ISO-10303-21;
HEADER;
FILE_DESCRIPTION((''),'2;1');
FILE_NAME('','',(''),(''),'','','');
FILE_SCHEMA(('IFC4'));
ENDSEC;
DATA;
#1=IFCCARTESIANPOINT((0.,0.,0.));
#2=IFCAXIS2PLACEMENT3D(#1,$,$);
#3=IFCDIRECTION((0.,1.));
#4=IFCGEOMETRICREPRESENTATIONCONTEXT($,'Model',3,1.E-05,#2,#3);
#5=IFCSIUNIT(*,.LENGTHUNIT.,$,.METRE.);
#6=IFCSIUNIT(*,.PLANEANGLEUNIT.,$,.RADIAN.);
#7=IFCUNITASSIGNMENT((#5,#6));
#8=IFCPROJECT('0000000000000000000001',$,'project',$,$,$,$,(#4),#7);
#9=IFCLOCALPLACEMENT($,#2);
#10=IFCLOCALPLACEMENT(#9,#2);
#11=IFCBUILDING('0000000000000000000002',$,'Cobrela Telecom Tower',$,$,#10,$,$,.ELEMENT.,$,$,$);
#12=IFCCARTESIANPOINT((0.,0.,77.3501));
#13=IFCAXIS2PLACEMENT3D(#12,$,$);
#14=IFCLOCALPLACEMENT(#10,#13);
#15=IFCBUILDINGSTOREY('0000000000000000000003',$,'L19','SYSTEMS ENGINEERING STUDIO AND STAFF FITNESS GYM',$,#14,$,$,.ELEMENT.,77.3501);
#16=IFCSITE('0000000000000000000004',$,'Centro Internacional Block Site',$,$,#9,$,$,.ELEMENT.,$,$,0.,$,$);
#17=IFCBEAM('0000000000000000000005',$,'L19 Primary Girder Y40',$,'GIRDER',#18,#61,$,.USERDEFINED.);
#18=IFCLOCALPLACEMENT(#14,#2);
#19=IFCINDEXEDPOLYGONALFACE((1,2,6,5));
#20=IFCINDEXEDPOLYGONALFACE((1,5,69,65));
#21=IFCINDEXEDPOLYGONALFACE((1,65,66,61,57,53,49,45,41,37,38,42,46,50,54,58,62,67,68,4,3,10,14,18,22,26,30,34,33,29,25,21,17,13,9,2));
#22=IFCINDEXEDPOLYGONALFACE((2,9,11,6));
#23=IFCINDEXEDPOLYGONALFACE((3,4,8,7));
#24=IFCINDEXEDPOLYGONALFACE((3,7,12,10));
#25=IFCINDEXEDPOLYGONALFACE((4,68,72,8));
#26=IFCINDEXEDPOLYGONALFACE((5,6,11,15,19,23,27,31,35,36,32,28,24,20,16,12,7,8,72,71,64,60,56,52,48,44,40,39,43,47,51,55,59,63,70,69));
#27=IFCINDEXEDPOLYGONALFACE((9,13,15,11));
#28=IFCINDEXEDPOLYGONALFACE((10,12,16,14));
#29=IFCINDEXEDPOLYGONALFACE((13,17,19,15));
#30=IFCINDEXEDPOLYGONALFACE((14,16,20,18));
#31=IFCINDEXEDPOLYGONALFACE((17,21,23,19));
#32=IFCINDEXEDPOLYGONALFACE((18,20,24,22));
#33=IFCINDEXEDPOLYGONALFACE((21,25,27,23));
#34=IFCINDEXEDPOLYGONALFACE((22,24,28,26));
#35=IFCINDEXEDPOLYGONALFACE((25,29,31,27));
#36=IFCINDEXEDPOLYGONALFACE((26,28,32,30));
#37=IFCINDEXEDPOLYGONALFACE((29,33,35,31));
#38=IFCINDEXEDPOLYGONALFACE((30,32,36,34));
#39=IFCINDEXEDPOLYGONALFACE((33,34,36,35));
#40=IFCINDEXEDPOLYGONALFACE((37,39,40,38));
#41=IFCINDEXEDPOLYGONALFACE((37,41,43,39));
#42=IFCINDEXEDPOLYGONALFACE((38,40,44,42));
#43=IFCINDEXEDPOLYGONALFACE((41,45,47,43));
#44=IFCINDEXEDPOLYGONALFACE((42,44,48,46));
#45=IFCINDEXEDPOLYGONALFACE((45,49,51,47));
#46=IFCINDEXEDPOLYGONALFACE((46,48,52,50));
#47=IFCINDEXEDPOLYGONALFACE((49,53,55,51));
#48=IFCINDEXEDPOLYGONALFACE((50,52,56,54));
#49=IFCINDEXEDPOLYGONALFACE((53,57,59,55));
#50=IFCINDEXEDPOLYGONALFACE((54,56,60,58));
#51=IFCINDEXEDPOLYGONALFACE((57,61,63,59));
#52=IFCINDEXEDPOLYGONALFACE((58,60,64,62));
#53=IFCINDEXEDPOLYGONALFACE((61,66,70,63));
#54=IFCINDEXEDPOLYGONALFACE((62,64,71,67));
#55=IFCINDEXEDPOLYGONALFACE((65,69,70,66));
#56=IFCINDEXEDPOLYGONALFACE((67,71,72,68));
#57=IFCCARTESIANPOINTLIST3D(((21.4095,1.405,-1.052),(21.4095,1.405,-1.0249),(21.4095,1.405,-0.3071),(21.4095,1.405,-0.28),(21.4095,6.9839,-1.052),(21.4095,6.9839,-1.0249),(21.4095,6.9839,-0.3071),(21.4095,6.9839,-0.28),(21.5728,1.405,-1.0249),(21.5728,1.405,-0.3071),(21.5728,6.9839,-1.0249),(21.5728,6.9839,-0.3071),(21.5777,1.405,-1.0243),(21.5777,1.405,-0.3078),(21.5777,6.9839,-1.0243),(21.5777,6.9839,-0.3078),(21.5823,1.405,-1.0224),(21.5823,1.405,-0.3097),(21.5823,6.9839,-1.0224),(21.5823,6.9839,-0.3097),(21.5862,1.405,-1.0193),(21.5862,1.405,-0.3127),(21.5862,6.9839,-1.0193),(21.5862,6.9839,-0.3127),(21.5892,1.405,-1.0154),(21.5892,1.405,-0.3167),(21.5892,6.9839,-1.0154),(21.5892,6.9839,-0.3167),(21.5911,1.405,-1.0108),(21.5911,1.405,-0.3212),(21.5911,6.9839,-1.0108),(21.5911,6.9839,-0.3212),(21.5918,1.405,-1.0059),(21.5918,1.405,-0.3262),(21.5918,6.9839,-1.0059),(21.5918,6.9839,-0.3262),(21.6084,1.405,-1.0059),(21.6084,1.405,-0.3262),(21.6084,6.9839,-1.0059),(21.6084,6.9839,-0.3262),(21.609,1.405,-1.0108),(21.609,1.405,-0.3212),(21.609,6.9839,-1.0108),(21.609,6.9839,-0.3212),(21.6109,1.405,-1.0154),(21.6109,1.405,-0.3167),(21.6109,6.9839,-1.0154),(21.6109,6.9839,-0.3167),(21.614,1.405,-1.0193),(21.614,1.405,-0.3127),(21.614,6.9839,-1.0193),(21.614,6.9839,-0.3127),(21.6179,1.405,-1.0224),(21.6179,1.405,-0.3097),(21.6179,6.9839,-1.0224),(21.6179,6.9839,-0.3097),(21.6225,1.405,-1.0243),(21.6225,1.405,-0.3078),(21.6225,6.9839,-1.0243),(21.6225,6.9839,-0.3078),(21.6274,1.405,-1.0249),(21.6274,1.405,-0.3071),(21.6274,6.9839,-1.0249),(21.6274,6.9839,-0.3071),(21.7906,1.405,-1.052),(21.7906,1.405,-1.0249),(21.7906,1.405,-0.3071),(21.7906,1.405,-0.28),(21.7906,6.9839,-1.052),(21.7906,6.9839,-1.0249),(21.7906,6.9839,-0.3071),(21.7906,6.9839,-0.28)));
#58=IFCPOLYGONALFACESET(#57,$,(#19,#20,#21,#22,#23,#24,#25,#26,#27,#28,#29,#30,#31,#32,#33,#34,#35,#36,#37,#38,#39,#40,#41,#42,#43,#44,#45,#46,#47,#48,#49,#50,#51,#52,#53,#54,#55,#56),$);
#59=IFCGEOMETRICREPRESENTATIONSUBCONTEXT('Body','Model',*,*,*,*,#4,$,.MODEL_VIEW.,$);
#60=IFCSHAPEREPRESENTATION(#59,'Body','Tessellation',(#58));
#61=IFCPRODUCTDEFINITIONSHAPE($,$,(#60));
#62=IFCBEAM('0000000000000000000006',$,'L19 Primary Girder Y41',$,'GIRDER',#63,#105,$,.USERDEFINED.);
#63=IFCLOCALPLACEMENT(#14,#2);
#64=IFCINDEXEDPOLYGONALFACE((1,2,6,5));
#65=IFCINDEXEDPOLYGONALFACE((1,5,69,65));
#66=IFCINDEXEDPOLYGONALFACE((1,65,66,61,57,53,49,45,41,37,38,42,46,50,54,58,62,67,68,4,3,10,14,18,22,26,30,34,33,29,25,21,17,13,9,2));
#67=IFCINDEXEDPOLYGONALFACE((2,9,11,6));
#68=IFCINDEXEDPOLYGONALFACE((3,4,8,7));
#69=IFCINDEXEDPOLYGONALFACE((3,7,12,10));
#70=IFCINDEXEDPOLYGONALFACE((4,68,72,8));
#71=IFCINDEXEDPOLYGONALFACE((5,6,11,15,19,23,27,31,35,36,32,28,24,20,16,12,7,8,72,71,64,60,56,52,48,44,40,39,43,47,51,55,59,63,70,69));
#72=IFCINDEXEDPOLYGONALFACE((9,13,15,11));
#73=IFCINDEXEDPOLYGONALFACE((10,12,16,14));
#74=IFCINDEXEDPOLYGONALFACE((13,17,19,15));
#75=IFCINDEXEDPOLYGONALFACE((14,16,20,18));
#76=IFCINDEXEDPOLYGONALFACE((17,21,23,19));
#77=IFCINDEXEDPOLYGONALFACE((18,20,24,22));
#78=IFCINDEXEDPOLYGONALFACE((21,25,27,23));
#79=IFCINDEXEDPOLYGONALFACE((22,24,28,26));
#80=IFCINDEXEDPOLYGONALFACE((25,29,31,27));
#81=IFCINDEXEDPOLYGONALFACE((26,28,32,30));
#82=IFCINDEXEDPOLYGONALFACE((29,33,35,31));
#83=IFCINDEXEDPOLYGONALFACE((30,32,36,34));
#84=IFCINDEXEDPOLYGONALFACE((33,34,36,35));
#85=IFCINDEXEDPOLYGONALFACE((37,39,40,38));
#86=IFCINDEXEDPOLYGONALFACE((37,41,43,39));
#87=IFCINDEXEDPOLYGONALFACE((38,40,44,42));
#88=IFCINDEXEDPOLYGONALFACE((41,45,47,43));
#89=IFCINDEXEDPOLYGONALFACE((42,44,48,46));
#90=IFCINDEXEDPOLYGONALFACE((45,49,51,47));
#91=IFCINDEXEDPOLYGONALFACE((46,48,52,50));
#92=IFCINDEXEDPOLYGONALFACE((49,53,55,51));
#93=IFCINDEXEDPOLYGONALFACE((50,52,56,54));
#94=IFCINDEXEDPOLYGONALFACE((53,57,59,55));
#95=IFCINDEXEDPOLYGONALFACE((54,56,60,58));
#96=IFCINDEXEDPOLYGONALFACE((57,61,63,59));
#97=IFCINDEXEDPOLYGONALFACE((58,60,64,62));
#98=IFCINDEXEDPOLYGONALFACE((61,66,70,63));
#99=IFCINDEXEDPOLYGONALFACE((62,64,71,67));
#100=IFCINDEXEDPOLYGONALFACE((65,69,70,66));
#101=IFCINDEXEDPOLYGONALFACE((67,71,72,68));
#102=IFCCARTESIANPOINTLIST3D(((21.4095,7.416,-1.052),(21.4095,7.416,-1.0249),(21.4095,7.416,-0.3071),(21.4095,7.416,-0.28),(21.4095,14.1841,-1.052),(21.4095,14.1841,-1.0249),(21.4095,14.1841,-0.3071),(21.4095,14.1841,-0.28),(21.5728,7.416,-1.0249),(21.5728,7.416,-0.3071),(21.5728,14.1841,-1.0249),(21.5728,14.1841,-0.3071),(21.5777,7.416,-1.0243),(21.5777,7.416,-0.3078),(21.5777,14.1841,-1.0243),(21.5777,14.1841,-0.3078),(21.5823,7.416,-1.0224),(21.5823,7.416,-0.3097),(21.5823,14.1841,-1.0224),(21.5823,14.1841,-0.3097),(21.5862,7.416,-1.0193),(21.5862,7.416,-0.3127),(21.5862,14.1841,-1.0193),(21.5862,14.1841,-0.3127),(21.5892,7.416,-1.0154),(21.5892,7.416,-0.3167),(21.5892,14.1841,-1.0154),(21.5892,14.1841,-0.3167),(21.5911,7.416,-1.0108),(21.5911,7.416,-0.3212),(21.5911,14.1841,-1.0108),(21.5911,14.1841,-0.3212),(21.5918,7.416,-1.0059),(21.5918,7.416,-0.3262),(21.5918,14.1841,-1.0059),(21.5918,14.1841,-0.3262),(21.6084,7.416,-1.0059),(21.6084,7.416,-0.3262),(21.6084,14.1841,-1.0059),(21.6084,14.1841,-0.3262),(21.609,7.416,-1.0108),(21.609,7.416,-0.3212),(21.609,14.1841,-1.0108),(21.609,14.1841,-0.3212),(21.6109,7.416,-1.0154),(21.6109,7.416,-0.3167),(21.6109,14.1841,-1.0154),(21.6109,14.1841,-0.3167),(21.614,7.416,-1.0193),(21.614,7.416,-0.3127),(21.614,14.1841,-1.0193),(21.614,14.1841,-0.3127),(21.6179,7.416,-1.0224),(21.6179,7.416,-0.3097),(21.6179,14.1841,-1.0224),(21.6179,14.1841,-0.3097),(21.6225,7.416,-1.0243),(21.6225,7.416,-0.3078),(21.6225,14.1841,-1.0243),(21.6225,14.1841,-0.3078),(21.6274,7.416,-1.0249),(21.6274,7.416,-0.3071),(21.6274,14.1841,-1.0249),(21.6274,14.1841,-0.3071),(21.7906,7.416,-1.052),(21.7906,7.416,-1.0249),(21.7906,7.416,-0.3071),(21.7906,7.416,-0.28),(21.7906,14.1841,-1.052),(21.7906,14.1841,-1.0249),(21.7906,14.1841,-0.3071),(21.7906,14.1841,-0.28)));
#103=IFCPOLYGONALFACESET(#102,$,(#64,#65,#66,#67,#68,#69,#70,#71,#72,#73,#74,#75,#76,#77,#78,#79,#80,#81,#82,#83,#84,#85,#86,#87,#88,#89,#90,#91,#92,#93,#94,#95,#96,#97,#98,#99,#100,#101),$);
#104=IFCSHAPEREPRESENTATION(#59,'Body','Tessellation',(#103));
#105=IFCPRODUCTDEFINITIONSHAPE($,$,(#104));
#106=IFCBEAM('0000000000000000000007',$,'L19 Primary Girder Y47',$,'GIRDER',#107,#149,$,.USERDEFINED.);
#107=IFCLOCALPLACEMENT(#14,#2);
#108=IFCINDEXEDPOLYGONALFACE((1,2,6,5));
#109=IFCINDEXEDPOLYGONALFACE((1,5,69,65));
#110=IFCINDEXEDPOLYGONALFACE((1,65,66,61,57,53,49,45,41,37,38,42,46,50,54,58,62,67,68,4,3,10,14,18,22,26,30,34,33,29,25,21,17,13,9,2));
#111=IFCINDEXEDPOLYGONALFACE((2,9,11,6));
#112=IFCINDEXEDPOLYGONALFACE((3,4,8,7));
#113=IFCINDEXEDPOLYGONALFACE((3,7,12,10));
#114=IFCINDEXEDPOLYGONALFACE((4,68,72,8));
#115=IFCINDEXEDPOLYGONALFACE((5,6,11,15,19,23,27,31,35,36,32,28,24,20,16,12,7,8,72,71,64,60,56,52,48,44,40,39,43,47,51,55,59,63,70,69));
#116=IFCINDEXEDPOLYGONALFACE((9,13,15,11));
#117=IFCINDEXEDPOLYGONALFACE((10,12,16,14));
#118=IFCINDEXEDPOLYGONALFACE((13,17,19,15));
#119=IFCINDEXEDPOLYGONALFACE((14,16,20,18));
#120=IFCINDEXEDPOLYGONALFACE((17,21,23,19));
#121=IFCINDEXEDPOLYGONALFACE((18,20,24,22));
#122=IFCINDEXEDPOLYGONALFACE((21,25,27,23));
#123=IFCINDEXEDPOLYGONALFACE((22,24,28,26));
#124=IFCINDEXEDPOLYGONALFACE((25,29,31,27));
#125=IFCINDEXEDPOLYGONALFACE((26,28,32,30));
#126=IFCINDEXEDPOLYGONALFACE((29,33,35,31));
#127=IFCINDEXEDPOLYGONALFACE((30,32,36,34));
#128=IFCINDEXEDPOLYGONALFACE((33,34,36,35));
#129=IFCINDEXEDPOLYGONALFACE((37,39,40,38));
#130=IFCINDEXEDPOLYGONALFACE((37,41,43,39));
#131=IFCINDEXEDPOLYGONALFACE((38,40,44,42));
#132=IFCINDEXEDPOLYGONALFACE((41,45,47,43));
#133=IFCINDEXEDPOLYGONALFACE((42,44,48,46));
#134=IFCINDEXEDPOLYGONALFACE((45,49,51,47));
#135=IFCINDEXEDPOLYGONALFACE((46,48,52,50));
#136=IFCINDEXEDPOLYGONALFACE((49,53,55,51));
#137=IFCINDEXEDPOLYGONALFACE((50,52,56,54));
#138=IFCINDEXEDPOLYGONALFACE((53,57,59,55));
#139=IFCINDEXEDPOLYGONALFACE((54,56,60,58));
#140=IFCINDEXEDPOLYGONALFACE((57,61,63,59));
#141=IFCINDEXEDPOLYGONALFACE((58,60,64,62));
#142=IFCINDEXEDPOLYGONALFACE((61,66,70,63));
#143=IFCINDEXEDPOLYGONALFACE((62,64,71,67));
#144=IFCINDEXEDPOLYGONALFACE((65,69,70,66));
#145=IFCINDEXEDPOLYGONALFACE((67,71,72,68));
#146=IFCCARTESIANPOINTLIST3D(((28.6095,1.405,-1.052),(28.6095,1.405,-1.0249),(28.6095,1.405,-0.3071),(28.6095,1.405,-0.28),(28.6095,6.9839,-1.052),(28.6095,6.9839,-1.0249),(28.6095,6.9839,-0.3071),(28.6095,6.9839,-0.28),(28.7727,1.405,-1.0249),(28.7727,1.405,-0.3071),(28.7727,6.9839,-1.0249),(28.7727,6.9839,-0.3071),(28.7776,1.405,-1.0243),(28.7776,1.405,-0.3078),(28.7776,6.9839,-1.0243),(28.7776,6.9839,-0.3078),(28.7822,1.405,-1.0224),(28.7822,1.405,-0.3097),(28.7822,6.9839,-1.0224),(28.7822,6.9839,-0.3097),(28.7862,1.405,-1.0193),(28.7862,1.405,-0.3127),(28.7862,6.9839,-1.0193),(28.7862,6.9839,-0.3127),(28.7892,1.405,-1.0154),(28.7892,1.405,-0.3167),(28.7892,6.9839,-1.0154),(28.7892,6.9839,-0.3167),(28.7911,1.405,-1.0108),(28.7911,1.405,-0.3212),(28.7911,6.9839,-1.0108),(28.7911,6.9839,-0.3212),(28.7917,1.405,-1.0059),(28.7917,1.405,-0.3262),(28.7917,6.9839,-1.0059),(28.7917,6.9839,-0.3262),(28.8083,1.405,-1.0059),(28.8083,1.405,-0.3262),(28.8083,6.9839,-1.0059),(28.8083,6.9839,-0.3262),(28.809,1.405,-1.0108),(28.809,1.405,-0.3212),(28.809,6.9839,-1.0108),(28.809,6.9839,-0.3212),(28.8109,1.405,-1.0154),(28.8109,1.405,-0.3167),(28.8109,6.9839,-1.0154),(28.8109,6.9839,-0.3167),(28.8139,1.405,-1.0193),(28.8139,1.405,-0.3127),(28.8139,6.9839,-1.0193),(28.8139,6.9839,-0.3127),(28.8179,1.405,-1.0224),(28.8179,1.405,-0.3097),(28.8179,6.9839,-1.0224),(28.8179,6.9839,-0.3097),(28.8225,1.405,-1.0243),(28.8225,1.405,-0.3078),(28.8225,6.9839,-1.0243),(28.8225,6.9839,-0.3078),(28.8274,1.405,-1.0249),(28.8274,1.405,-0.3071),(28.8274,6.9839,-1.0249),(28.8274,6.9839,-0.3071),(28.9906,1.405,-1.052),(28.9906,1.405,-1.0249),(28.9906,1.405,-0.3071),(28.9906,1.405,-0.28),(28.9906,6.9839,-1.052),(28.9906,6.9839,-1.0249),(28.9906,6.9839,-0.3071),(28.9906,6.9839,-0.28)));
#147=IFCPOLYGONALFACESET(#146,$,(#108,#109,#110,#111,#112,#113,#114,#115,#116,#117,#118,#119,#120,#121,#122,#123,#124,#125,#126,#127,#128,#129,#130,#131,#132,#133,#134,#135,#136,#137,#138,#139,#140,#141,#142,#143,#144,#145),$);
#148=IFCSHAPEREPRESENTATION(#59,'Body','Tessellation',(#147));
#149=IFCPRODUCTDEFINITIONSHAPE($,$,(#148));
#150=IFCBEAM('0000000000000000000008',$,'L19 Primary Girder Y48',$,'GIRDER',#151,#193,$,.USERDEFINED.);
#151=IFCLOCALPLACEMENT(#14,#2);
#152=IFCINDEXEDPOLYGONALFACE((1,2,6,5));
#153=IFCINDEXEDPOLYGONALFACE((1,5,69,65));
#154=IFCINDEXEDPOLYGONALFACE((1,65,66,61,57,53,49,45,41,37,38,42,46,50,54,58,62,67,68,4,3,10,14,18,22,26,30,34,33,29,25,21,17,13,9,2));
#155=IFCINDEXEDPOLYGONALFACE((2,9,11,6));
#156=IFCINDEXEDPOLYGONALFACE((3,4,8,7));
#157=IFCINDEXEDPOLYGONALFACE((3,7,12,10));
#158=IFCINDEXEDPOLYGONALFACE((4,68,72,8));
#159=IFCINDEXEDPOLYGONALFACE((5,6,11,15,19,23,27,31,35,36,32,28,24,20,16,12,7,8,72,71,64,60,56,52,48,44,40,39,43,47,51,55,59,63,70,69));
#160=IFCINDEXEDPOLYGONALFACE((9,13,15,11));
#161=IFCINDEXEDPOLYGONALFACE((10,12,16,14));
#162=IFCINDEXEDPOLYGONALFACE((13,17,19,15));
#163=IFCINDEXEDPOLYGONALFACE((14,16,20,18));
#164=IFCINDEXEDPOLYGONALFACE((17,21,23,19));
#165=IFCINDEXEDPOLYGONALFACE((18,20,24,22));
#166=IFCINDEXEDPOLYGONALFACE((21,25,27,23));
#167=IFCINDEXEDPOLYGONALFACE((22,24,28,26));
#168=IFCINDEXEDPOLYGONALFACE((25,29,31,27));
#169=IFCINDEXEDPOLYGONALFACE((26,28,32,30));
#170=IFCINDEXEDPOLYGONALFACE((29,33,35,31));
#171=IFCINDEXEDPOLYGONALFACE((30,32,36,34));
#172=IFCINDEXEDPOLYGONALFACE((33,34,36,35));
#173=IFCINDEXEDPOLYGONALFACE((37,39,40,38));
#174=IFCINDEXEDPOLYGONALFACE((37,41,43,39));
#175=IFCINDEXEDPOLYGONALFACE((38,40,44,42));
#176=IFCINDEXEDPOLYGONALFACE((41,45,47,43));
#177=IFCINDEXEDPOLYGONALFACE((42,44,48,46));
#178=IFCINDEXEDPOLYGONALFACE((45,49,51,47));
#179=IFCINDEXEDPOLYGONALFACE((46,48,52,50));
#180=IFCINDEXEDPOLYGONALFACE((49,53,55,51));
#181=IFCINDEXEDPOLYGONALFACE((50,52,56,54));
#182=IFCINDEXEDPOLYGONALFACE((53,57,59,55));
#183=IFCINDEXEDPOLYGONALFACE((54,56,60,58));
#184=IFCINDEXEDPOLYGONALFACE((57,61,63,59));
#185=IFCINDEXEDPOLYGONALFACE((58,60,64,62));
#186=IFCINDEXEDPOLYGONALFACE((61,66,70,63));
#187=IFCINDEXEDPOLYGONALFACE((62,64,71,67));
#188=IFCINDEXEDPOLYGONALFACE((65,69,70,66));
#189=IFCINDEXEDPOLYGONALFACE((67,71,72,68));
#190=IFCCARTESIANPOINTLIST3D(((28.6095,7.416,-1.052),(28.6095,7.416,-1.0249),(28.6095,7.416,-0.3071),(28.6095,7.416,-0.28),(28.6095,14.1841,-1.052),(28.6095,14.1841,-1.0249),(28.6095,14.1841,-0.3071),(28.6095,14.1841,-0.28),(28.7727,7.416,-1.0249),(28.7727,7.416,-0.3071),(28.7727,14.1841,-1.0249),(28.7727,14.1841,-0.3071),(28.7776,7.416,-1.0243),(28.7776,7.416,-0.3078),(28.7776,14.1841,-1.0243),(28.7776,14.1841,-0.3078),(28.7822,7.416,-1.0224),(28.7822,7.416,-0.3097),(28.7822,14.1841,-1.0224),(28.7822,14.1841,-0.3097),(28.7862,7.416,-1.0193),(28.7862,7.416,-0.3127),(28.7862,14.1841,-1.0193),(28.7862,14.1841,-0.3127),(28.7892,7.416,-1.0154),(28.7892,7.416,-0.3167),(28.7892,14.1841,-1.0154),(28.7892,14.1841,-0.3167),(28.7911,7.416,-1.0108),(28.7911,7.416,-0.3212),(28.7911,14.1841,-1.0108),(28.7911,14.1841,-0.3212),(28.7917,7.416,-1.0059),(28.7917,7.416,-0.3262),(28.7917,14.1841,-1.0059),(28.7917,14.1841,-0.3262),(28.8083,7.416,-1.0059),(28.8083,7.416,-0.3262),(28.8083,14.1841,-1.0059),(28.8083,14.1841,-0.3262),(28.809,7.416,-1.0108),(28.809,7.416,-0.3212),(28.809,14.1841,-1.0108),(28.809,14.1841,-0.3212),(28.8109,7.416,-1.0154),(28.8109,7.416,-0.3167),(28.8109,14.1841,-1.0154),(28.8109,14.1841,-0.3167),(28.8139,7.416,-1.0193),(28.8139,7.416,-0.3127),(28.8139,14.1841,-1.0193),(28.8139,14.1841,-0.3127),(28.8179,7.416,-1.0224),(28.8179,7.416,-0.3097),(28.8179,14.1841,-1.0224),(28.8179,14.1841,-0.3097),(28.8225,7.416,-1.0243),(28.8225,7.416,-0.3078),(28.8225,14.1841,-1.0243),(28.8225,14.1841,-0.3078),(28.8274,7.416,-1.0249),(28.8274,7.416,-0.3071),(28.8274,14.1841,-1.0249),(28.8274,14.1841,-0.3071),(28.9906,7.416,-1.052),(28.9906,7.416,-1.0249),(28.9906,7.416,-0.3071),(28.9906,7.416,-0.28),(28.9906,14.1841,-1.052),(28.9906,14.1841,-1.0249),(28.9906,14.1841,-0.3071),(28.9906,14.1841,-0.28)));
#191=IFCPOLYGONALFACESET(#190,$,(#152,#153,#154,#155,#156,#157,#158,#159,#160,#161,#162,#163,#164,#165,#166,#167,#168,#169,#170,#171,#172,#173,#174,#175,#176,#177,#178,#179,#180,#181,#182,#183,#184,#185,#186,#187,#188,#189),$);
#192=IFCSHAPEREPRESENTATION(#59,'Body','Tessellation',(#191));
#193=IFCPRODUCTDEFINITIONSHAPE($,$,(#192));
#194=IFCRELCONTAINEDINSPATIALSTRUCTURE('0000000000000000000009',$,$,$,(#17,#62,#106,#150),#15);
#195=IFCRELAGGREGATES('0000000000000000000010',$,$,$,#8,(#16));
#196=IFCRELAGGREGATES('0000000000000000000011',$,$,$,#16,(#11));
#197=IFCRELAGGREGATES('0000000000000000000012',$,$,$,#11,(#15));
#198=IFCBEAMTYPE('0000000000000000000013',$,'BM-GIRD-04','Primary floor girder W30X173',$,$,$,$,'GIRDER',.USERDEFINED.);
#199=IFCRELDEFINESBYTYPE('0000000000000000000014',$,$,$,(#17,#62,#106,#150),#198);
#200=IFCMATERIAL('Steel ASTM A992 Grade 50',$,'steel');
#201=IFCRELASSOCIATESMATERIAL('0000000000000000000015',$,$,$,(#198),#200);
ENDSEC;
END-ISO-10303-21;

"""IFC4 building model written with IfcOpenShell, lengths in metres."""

from ifc_helpers import new_model, si_unit, direction, frame, origin, origin_2d, place, context, subcontext, project, spatial, i_section, extrude, material, material_profile, profile_set, type_object, element, save


model = new_model("IFC4")

# Units and contexts
model_context = context("Model", 3, precision=1e-05, world=origin(), true_north=direction((0.0, 1.0)))
body_context = subcontext(model_context, "Body", "Model", "MODEL_VIEW")
ifc_project = project(units=[si_unit("LENGTHUNIT", "METRE"), si_unit("PLANEANGLEUNIT", "RADIAN")], contexts=[model_context])

# Site, building, storey
site_placement = place(None, origin())
site = spatial("IfcSite", under=ifc_project, at=site_placement, Name="Centro Internacional Block Site", CompositionType="ELEMENT", RefElevation=0.0)
building_placement = place(site_placement, origin())
building = spatial("IfcBuilding", under=site, at=building_placement, Name="Cobrela Telecom Tower", CompositionType="ELEMENT")
storey_placement = place(building_placement, frame((0.0, 0.0, 77.3501)))
storey = spatial("IfcBuildingStorey", under=building, at=storey_placement, Name="L19", Description="SYSTEMS ENGINEERING STUDIO AND STAFF FITNESS GYM", CompositionType="ELEMENT", Elevation=77.3501)

# Shared definitions
ifc_material = material(Name="Steel ASTM A992 Grade 50", Category="steel")

# Beams
ifc_material_profile_1 = material_profile(ifc_material, i_section(OverallWidth=0.3811, OverallDepth=0.772, WebThickness=0.0166, FlangeThickness=0.0271, FilletRadius=0.019, at=origin_2d()), Name="W30X173")
ifc_profile_set_1 = profile_set([ifc_material_profile_1], Name="Steel ASTM A992 Grade 50")
beam_type_1 = type_object("IfcBeamType", Name="BM-GIRD-04", Description="Primary floor girder W30X173", ElementType="GIRDER", PredefinedType="USERDEFINED", material=ifc_profile_set_1)
beam_1_placement = place(storey_placement, frame((21.6001, 1.405, -0.666), z_axis=(0.0, 1.0, 0.0), x_axis=(-1.0, 0.0, 0.0)))
element("IfcBeam", 1, at=beam_1_placement, inside=storey, type_object=beam_type_1, Name="L19 Primary Girder Y40", ObjectType="GIRDER", PredefinedType="USERDEFINED", context=body_context, shape_type="SweptSolid", body=[
    extrude(i_section(OverallWidth=0.3811, OverallDepth=0.772, WebThickness=0.0166, FlangeThickness=0.0271, FilletRadius=0.019, at=origin_2d()), origin(), (0.0, 0.0, 1.0), 5.5789),
])
beam_2_placement = place(storey_placement, frame((21.6001, 7.416, -0.666), z_axis=(0.0, 1.0, 0.0), x_axis=(-1.0, 0.0, 0.0)))
element("IfcBeam", 2, at=beam_2_placement, inside=storey, type_object=beam_type_1, Name="L19 Primary Girder Y41", ObjectType="GIRDER", PredefinedType="USERDEFINED", context=body_context, shape_type="SweptSolid", body=[
    extrude(i_section(OverallWidth=0.3811, OverallDepth=0.772, WebThickness=0.0166, FlangeThickness=0.0271, FilletRadius=0.019, at=origin_2d()), origin(), (0.0, 0.0, 1.0), 6.7681),
])
beam_3_placement = place(storey_placement, frame((28.8, 1.405, -0.666), z_axis=(0.0, 1.0, 0.0), x_axis=(-1.0, 0.0, 0.0)))
element("IfcBeam", 3, at=beam_3_placement, inside=storey, type_object=beam_type_1, Name="L19 Primary Girder Y47", ObjectType="GIRDER", PredefinedType="USERDEFINED", context=body_context, shape_type="SweptSolid", body=[
    extrude(i_section(OverallWidth=0.3811, OverallDepth=0.772, WebThickness=0.0166, FlangeThickness=0.0271, FilletRadius=0.019, at=origin_2d()), origin(), (0.0, 0.0, 1.0), 5.5789),
])
beam_4_placement = place(storey_placement, frame((28.8, 7.416, -0.666), z_axis=(0.0, 1.0, 0.0), x_axis=(-1.0, 0.0, 0.0)))
element("IfcBeam", 4, at=beam_4_placement, inside=storey, type_object=beam_type_1, Name="L19 Primary Girder Y48", ObjectType="GIRDER", PredefinedType="USERDEFINED", context=body_context, shape_type="SweptSolid", body=[
    extrude(i_section(OverallWidth=0.3811, OverallDepth=0.772, WebThickness=0.0166, FlangeThickness=0.0271, FilletRadius=0.019, at=origin_2d()), origin(), (0.0, 0.0, 1.0), 6.7681),
])

save(model, "model.ifc")
